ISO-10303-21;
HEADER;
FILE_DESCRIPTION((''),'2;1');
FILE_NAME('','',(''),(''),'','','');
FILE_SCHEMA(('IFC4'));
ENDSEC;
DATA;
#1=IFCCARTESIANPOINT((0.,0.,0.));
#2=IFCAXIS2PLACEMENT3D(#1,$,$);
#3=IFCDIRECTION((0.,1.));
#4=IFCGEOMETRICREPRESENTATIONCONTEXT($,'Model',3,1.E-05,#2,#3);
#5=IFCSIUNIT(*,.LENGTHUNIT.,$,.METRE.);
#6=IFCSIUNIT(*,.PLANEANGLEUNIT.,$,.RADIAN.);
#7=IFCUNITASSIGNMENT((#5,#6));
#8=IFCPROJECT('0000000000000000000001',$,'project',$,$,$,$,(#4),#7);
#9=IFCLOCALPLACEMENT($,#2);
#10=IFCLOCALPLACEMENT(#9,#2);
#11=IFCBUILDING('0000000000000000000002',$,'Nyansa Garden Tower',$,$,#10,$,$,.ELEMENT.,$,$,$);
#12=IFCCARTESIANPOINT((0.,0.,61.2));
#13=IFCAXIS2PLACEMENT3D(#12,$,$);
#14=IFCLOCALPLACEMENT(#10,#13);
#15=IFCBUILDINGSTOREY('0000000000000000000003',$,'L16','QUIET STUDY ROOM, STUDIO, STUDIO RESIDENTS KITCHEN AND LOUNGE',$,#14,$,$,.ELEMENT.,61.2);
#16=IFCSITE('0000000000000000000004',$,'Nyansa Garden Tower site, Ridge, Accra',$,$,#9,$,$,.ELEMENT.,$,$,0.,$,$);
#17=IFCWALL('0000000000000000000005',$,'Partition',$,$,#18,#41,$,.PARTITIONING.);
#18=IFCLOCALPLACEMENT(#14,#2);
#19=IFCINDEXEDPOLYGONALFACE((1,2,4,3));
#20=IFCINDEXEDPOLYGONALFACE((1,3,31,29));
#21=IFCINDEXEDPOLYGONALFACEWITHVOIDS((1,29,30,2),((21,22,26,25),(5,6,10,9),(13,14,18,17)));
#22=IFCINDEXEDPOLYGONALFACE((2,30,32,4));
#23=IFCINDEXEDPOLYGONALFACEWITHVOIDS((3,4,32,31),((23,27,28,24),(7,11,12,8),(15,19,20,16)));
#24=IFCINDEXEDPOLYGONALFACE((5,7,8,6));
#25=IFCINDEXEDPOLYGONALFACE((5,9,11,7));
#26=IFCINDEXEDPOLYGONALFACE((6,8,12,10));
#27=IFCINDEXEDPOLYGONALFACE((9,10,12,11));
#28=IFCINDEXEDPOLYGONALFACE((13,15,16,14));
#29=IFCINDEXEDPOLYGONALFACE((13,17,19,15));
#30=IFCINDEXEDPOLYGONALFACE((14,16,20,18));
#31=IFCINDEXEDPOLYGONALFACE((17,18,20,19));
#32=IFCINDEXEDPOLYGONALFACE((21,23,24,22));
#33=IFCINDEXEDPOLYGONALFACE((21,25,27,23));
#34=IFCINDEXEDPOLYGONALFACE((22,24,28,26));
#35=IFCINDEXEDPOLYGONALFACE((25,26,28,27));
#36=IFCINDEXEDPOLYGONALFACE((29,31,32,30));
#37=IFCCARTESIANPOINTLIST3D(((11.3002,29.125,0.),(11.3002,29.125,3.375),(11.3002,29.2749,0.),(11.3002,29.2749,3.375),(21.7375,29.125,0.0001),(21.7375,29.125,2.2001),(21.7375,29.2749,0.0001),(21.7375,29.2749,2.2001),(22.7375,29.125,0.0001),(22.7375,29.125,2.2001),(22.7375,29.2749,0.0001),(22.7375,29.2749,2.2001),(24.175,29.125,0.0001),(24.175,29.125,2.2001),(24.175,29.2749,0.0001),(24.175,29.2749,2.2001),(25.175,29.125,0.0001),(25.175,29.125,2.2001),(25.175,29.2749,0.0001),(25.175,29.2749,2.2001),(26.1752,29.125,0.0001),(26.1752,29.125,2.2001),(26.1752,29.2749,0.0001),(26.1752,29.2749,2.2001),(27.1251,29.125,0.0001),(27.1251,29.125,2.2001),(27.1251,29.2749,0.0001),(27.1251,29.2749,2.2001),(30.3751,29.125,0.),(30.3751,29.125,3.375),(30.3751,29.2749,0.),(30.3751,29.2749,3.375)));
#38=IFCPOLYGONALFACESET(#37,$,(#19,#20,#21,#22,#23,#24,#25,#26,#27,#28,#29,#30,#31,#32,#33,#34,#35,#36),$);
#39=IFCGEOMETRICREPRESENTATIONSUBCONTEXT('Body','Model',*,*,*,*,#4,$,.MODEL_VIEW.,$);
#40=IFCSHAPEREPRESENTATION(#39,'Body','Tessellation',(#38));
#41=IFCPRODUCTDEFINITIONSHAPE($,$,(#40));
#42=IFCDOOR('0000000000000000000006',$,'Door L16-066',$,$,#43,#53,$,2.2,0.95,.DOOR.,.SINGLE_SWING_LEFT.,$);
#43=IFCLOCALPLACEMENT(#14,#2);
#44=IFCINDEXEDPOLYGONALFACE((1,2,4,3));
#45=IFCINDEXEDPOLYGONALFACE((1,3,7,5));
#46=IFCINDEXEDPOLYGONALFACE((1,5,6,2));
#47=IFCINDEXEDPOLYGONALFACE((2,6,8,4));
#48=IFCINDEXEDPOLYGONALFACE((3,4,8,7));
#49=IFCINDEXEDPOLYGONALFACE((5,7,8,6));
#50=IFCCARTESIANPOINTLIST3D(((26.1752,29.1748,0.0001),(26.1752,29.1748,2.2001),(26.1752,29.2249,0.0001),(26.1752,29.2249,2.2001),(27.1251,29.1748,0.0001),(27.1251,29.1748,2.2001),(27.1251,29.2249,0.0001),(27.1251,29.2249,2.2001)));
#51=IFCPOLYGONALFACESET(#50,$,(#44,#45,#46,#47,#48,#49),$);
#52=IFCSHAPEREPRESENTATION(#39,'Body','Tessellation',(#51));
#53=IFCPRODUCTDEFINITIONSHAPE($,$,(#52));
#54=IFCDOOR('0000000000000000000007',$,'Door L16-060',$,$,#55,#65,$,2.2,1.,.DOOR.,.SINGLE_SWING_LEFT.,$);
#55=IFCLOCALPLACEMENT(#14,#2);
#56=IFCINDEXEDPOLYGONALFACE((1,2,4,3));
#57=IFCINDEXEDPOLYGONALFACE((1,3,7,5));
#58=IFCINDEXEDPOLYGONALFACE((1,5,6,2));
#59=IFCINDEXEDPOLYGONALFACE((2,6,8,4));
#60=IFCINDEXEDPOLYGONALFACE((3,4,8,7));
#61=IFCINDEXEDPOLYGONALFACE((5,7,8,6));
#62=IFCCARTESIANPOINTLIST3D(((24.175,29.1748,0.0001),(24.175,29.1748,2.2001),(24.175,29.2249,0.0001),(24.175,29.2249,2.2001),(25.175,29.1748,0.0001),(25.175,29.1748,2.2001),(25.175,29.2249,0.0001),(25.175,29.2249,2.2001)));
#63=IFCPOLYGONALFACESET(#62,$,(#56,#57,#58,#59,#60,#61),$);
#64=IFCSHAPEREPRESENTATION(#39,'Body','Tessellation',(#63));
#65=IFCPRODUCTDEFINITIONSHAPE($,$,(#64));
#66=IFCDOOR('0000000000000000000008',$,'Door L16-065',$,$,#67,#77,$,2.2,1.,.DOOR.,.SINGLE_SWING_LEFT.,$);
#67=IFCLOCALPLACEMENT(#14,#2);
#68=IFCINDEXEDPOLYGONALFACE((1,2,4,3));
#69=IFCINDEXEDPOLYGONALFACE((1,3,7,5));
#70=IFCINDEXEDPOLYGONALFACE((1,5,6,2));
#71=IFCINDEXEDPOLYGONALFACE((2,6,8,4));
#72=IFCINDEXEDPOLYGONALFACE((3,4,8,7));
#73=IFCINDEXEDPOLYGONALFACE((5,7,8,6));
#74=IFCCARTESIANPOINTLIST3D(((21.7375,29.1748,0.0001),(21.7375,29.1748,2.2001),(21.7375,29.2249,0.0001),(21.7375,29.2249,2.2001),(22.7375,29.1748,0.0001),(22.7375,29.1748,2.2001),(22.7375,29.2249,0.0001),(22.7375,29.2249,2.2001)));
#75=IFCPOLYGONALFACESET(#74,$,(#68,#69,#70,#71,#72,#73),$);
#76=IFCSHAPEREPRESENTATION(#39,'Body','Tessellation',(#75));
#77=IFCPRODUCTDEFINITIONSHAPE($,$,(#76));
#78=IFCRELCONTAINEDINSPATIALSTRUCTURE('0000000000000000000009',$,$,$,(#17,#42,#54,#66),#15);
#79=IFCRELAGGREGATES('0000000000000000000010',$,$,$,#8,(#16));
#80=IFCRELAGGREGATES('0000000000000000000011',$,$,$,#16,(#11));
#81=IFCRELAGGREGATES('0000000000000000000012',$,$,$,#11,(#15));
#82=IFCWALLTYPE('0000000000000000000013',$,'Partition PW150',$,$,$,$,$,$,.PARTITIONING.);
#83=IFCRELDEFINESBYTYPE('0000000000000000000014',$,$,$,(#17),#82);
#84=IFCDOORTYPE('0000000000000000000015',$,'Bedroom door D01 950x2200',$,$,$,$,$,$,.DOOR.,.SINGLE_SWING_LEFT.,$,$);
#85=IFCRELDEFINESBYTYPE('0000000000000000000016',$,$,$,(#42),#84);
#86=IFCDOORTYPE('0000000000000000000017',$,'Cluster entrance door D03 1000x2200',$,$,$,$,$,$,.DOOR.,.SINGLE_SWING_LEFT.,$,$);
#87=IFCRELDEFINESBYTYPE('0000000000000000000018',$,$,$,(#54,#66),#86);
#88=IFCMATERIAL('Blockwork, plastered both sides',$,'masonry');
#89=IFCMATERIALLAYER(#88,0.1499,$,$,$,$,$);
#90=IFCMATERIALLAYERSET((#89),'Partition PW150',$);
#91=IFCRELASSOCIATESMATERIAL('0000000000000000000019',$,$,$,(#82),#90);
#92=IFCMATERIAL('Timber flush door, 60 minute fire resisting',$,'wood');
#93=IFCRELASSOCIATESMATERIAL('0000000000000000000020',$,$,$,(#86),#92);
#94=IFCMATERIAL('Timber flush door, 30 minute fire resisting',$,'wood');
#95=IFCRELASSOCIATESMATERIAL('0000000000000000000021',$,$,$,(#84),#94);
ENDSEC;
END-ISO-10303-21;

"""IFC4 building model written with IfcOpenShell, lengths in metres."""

from ifc_helpers import new_model, si_unit, direction, frame, frame_2d, origin, place, context, subcontext, project, spatial, rectangle, extrude, material, layer, layer_set, type_object, element, fill, save


model = new_model("IFC4")

# Units and contexts
model_context = context("Model", 3, precision=1e-05, world=origin(), true_north=direction((0.0, 1.0)))
body_context = subcontext(model_context, "Body", "Model", "MODEL_VIEW")
ifc_project = project(units=[si_unit("LENGTHUNIT", "METRE"), si_unit("PLANEANGLEUNIT", "RADIAN")], contexts=[model_context])

# Site, building, storey
site_placement = place(None, origin())
site = spatial("IfcSite", under=ifc_project, at=site_placement, Name="Nyansa Garden Tower site, Ridge, Accra", CompositionType="ELEMENT", RefElevation=0.0)
building_placement = place(site_placement, origin())
building = spatial("IfcBuilding", under=site, at=building_placement, Name="Nyansa Garden Tower", CompositionType="ELEMENT")
storey_placement = place(building_placement, frame((0.0, 0.0, 61.2)))
storey = spatial("IfcBuildingStorey", under=building, at=storey_placement, Name="L16", Description="QUIET STUDY ROOM, STUDIO, STUDIO RESIDENTS KITCHEN AND LOUNGE", CompositionType="ELEMENT", Elevation=61.2)

# Shared definitions
ifc_material_1 = material(Name="Blockwork, plastered both sides", Category="masonry")
ifc_layer = layer(ifc_material_1, 0.1499)
ifc_layer_set = layer_set([ifc_layer], Name="Partition PW150")
wall_type = type_object("IfcWallType", Name="Partition PW150", PredefinedType="PARTITIONING", material=ifc_layer_set)
ifc_material_2 = material(Name="Timber flush door, 60 minute fire resisting", Category="wood")
door_type_1 = type_object("IfcDoorType", Name="Cluster entrance door D03 1000x2200", OperationType="SINGLE_SWING_LEFT", PredefinedType="DOOR", material=ifc_material_2)

# Wall, openings, doors
wall_1_placement = place(storey_placement, frame((11.3, 29.2, 0.0), z_axis=(0.0, 0.0, 1.0), x_axis=(1.0, 0.0, 0.0)))
wall_1 = element("IfcWall", 1, at=wall_1_placement, inside=storey, type_object=wall_type, Name="Partition", PredefinedType="PARTITIONING", context=body_context, shape_type="SweptSolid", body=[
    extrude(rectangle(XDim=19.075, YDim=0.1499, at=frame_2d((9.5376, 0.0))), origin(), (0.0, 0.0, 1.0), 3.375),
])
opening_1_placement = place(wall_1_placement, frame((12.875, 0.0, 0.0)))
opening_1 = element("IfcOpeningElement", 2, at=opening_1_placement, cuts=wall_1, PredefinedType="OPENING", context=body_context, shape_type="SweptSolid", body=[
    extrude(rectangle(XDim=1.0, YDim=2.2, at=frame_2d((0.5, 1.1001))), frame((0.0, 0.085, 0.0), z_axis=(0.0, -1.0, 0.0), x_axis=(1.0, 0.0, 0.0)), (0.0, 0.0, 1.0), 0.1699),
])
opening_2_placement = place(wall_1_placement, frame((10.4375, 0.0, 0.0)))
opening_2 = element("IfcOpeningElement", 3, at=opening_2_placement, cuts=wall_1, PredefinedType="OPENING", context=body_context, shape_type="SweptSolid", body=[
    extrude(rectangle(XDim=1.0, YDim=2.2, at=frame_2d((0.5, 1.1001))), frame((0.0, 0.085, 0.0), z_axis=(0.0, -1.0, 0.0), x_axis=(1.0, 0.0, 0.0)), (0.0, 0.0, 1.0), 0.1699),
])
opening_3_placement = place(wall_1_placement, frame((14.875, 0.0, 0.0)))
opening_3 = element("IfcOpeningElement", 4, at=opening_3_placement, cuts=wall_1, PredefinedType="OPENING", context=body_context, shape_type="SweptSolid", body=[
    extrude(rectangle(XDim=0.95, YDim=2.2, at=frame_2d((0.4751, 1.1001))), frame((0.0, 0.085, 0.0), z_axis=(0.0, -1.0, 0.0), x_axis=(1.0, 0.0, 0.0)), (0.0, 0.0, 1.0), 0.1699),
])
ifc_material_3 = material(Name="Timber flush door, 30 minute fire resisting", Category="wood")
door_type_2 = type_object("IfcDoorType", Name="Bedroom door D01 950x2200", OperationType="SINGLE_SWING_LEFT", PredefinedType="DOOR", material=ifc_material_3)
door_1_placement = place(opening_3_placement, origin())
door_1 = element("IfcDoor", 5, at=door_1_placement, inside=storey, type_object=door_type_2, Name="Door L16-066", OperationType="SINGLE_SWING_LEFT", OverallHeight=2.2, OverallWidth=0.95, PredefinedType="DOOR", context=body_context, shape_type="SweptSolid", body=[
    extrude(rectangle(XDim=0.95, YDim=2.2, at=frame_2d((0.4751, 1.1001))), frame((0.0, 0.0249, 0.0), z_axis=(0.0, -1.0, 0.0), x_axis=(1.0, 0.0, 0.0)), (0.0, 0.0, 1.0), 0.05),
])
fill(opening_3, door_1)
door_2_placement = place(opening_1_placement, origin())
door_2 = element("IfcDoor", 6, at=door_2_placement, inside=storey, type_object=door_type_1, Name="Door L16-060", OperationType="SINGLE_SWING_LEFT", OverallHeight=2.2, OverallWidth=1.0, PredefinedType="DOOR", context=body_context, shape_type="SweptSolid", body=[
    extrude(rectangle(XDim=1.0, YDim=2.2, at=frame_2d((0.5, 1.1001))), frame((0.0, 0.0249, 0.0), z_axis=(0.0, -1.0, 0.0), x_axis=(1.0, 0.0, 0.0)), (0.0, 0.0, 1.0), 0.05),
])
fill(opening_1, door_2)
door_3_placement = place(opening_2_placement, origin())
door_3 = element("IfcDoor", 7, at=door_3_placement, inside=storey, type_object=door_type_1, Name="Door L16-065", OperationType="SINGLE_SWING_LEFT", OverallHeight=2.2, OverallWidth=1.0, PredefinedType="DOOR", context=body_context, shape_type="SweptSolid", body=[
    extrude(rectangle(XDim=1.0, YDim=2.2, at=frame_2d((0.5, 1.1001))), frame((0.0, 0.0249, 0.0), z_axis=(0.0, -1.0, 0.0), x_axis=(1.0, 0.0, 0.0)), (0.0, 0.0, 1.0), 0.05),
])
fill(opening_2, door_3)

save(model, "model.ifc")
